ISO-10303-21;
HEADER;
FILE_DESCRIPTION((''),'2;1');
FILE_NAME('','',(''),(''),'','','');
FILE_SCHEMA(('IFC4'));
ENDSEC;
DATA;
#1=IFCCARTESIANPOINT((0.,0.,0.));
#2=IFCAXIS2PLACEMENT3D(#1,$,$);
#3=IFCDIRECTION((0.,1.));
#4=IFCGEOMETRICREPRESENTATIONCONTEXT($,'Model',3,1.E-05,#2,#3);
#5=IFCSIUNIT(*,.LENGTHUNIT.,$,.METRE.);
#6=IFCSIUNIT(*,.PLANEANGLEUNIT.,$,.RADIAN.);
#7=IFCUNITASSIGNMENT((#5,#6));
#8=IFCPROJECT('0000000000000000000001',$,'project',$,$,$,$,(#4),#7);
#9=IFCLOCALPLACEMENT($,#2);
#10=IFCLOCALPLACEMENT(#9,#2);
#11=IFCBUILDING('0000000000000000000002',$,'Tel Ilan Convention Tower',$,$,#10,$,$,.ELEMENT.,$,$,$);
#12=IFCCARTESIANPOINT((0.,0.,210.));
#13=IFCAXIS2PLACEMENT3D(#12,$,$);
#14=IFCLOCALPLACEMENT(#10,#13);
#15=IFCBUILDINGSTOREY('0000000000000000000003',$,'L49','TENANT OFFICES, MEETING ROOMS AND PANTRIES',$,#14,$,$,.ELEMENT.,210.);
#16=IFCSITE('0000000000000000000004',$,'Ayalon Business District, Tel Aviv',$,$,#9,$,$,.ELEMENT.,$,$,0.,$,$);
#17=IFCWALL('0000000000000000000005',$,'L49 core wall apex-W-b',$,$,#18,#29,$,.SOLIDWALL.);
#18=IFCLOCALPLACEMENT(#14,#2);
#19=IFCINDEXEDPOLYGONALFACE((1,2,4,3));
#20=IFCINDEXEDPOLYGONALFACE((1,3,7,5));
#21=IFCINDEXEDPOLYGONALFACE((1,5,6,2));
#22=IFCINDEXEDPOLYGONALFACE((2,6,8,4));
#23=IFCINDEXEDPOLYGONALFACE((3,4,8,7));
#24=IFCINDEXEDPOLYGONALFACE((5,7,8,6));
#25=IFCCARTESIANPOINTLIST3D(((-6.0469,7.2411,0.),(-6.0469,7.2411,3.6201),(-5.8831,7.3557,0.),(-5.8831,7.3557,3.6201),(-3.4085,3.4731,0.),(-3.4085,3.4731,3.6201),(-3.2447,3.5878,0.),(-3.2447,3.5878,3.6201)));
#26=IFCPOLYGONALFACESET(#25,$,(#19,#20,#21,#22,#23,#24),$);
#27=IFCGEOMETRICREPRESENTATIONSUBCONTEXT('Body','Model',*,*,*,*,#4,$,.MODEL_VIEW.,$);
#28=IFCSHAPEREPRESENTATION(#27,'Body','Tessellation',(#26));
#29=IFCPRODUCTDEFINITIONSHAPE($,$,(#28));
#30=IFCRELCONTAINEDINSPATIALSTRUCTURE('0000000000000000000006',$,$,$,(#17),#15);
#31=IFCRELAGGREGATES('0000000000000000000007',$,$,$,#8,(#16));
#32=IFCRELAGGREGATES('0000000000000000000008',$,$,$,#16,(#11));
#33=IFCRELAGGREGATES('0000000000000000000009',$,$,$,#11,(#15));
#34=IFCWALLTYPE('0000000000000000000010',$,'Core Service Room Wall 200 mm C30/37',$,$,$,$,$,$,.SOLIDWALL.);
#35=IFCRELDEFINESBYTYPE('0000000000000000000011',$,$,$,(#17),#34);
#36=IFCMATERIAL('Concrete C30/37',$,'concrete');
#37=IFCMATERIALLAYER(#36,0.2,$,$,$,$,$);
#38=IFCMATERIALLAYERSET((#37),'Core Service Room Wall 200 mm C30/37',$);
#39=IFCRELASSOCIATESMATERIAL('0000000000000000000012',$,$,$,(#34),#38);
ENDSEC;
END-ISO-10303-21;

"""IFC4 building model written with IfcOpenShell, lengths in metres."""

from ifc_helpers import new_model, si_unit, direction, frame, frame_2d, origin, place, context, subcontext, project, spatial, rectangle, extrude, material, layer, layer_set, type_object, element, save


model = new_model("IFC4")

# Units and contexts
model_context = context("Model", 3, precision=1e-05, world=origin(), true_north=direction((0.0, 1.0)))
body_context = subcontext(model_context, "Body", "Model", "MODEL_VIEW")
ifc_project = project(units=[si_unit("LENGTHUNIT", "METRE"), si_unit("PLANEANGLEUNIT", "RADIAN")], contexts=[model_context])

# Site, building, storey
site_placement = place(None, origin())
site = spatial("IfcSite", under=ifc_project, at=site_placement, Name="Ayalon Business District, Tel Aviv", CompositionType="ELEMENT", RefElevation=0.0)
building_placement = place(site_placement, origin())
building = spatial("IfcBuilding", under=site, at=building_placement, Name="Tel Ilan Convention Tower", CompositionType="ELEMENT")
storey_placement = place(building_placement, frame((0.0, 0.0, 210.0)))
storey = spatial("IfcBuildingStorey", under=building, at=storey_placement, Name="L49", Description="TENANT OFFICES, MEETING ROOMS AND PANTRIES", CompositionType="ELEMENT", Elevation=210.0)

# Wall
ifc_material_1 = material(Name="Concrete C30/37", Category="concrete")
ifc_layer_1 = layer(ifc_material_1, 0.2)
ifc_layer_set_1 = layer_set([ifc_layer_1], Name="Core Service Room Wall 200 mm C30/37")
wall_type_1 = type_object("IfcWallType", Name="Core Service Room Wall 200 mm C30/37", PredefinedType="SOLIDWALL", material=ifc_layer_set_1)
wall_1_placement = place(storey_placement, frame((-3.3267, 3.5305, 0.0), z_axis=(0.0, 0.0, 1.0), x_axis=(-0.573576, 0.819152, 0.0)))
element("IfcWall", 1, at=wall_1_placement, inside=storey, type_object=wall_type_1, Name="L49 core wall apex-W-b", PredefinedType="SOLIDWALL", context=body_context, shape_type="SweptSolid", body=[
    extrude(rectangle(XDim=4.5999, YDim=0.2, at=frame_2d((2.2998, 0.0))), origin(), (0.0, 0.0, 1.0), 3.6201),
])

save(model, "model.ifc")
